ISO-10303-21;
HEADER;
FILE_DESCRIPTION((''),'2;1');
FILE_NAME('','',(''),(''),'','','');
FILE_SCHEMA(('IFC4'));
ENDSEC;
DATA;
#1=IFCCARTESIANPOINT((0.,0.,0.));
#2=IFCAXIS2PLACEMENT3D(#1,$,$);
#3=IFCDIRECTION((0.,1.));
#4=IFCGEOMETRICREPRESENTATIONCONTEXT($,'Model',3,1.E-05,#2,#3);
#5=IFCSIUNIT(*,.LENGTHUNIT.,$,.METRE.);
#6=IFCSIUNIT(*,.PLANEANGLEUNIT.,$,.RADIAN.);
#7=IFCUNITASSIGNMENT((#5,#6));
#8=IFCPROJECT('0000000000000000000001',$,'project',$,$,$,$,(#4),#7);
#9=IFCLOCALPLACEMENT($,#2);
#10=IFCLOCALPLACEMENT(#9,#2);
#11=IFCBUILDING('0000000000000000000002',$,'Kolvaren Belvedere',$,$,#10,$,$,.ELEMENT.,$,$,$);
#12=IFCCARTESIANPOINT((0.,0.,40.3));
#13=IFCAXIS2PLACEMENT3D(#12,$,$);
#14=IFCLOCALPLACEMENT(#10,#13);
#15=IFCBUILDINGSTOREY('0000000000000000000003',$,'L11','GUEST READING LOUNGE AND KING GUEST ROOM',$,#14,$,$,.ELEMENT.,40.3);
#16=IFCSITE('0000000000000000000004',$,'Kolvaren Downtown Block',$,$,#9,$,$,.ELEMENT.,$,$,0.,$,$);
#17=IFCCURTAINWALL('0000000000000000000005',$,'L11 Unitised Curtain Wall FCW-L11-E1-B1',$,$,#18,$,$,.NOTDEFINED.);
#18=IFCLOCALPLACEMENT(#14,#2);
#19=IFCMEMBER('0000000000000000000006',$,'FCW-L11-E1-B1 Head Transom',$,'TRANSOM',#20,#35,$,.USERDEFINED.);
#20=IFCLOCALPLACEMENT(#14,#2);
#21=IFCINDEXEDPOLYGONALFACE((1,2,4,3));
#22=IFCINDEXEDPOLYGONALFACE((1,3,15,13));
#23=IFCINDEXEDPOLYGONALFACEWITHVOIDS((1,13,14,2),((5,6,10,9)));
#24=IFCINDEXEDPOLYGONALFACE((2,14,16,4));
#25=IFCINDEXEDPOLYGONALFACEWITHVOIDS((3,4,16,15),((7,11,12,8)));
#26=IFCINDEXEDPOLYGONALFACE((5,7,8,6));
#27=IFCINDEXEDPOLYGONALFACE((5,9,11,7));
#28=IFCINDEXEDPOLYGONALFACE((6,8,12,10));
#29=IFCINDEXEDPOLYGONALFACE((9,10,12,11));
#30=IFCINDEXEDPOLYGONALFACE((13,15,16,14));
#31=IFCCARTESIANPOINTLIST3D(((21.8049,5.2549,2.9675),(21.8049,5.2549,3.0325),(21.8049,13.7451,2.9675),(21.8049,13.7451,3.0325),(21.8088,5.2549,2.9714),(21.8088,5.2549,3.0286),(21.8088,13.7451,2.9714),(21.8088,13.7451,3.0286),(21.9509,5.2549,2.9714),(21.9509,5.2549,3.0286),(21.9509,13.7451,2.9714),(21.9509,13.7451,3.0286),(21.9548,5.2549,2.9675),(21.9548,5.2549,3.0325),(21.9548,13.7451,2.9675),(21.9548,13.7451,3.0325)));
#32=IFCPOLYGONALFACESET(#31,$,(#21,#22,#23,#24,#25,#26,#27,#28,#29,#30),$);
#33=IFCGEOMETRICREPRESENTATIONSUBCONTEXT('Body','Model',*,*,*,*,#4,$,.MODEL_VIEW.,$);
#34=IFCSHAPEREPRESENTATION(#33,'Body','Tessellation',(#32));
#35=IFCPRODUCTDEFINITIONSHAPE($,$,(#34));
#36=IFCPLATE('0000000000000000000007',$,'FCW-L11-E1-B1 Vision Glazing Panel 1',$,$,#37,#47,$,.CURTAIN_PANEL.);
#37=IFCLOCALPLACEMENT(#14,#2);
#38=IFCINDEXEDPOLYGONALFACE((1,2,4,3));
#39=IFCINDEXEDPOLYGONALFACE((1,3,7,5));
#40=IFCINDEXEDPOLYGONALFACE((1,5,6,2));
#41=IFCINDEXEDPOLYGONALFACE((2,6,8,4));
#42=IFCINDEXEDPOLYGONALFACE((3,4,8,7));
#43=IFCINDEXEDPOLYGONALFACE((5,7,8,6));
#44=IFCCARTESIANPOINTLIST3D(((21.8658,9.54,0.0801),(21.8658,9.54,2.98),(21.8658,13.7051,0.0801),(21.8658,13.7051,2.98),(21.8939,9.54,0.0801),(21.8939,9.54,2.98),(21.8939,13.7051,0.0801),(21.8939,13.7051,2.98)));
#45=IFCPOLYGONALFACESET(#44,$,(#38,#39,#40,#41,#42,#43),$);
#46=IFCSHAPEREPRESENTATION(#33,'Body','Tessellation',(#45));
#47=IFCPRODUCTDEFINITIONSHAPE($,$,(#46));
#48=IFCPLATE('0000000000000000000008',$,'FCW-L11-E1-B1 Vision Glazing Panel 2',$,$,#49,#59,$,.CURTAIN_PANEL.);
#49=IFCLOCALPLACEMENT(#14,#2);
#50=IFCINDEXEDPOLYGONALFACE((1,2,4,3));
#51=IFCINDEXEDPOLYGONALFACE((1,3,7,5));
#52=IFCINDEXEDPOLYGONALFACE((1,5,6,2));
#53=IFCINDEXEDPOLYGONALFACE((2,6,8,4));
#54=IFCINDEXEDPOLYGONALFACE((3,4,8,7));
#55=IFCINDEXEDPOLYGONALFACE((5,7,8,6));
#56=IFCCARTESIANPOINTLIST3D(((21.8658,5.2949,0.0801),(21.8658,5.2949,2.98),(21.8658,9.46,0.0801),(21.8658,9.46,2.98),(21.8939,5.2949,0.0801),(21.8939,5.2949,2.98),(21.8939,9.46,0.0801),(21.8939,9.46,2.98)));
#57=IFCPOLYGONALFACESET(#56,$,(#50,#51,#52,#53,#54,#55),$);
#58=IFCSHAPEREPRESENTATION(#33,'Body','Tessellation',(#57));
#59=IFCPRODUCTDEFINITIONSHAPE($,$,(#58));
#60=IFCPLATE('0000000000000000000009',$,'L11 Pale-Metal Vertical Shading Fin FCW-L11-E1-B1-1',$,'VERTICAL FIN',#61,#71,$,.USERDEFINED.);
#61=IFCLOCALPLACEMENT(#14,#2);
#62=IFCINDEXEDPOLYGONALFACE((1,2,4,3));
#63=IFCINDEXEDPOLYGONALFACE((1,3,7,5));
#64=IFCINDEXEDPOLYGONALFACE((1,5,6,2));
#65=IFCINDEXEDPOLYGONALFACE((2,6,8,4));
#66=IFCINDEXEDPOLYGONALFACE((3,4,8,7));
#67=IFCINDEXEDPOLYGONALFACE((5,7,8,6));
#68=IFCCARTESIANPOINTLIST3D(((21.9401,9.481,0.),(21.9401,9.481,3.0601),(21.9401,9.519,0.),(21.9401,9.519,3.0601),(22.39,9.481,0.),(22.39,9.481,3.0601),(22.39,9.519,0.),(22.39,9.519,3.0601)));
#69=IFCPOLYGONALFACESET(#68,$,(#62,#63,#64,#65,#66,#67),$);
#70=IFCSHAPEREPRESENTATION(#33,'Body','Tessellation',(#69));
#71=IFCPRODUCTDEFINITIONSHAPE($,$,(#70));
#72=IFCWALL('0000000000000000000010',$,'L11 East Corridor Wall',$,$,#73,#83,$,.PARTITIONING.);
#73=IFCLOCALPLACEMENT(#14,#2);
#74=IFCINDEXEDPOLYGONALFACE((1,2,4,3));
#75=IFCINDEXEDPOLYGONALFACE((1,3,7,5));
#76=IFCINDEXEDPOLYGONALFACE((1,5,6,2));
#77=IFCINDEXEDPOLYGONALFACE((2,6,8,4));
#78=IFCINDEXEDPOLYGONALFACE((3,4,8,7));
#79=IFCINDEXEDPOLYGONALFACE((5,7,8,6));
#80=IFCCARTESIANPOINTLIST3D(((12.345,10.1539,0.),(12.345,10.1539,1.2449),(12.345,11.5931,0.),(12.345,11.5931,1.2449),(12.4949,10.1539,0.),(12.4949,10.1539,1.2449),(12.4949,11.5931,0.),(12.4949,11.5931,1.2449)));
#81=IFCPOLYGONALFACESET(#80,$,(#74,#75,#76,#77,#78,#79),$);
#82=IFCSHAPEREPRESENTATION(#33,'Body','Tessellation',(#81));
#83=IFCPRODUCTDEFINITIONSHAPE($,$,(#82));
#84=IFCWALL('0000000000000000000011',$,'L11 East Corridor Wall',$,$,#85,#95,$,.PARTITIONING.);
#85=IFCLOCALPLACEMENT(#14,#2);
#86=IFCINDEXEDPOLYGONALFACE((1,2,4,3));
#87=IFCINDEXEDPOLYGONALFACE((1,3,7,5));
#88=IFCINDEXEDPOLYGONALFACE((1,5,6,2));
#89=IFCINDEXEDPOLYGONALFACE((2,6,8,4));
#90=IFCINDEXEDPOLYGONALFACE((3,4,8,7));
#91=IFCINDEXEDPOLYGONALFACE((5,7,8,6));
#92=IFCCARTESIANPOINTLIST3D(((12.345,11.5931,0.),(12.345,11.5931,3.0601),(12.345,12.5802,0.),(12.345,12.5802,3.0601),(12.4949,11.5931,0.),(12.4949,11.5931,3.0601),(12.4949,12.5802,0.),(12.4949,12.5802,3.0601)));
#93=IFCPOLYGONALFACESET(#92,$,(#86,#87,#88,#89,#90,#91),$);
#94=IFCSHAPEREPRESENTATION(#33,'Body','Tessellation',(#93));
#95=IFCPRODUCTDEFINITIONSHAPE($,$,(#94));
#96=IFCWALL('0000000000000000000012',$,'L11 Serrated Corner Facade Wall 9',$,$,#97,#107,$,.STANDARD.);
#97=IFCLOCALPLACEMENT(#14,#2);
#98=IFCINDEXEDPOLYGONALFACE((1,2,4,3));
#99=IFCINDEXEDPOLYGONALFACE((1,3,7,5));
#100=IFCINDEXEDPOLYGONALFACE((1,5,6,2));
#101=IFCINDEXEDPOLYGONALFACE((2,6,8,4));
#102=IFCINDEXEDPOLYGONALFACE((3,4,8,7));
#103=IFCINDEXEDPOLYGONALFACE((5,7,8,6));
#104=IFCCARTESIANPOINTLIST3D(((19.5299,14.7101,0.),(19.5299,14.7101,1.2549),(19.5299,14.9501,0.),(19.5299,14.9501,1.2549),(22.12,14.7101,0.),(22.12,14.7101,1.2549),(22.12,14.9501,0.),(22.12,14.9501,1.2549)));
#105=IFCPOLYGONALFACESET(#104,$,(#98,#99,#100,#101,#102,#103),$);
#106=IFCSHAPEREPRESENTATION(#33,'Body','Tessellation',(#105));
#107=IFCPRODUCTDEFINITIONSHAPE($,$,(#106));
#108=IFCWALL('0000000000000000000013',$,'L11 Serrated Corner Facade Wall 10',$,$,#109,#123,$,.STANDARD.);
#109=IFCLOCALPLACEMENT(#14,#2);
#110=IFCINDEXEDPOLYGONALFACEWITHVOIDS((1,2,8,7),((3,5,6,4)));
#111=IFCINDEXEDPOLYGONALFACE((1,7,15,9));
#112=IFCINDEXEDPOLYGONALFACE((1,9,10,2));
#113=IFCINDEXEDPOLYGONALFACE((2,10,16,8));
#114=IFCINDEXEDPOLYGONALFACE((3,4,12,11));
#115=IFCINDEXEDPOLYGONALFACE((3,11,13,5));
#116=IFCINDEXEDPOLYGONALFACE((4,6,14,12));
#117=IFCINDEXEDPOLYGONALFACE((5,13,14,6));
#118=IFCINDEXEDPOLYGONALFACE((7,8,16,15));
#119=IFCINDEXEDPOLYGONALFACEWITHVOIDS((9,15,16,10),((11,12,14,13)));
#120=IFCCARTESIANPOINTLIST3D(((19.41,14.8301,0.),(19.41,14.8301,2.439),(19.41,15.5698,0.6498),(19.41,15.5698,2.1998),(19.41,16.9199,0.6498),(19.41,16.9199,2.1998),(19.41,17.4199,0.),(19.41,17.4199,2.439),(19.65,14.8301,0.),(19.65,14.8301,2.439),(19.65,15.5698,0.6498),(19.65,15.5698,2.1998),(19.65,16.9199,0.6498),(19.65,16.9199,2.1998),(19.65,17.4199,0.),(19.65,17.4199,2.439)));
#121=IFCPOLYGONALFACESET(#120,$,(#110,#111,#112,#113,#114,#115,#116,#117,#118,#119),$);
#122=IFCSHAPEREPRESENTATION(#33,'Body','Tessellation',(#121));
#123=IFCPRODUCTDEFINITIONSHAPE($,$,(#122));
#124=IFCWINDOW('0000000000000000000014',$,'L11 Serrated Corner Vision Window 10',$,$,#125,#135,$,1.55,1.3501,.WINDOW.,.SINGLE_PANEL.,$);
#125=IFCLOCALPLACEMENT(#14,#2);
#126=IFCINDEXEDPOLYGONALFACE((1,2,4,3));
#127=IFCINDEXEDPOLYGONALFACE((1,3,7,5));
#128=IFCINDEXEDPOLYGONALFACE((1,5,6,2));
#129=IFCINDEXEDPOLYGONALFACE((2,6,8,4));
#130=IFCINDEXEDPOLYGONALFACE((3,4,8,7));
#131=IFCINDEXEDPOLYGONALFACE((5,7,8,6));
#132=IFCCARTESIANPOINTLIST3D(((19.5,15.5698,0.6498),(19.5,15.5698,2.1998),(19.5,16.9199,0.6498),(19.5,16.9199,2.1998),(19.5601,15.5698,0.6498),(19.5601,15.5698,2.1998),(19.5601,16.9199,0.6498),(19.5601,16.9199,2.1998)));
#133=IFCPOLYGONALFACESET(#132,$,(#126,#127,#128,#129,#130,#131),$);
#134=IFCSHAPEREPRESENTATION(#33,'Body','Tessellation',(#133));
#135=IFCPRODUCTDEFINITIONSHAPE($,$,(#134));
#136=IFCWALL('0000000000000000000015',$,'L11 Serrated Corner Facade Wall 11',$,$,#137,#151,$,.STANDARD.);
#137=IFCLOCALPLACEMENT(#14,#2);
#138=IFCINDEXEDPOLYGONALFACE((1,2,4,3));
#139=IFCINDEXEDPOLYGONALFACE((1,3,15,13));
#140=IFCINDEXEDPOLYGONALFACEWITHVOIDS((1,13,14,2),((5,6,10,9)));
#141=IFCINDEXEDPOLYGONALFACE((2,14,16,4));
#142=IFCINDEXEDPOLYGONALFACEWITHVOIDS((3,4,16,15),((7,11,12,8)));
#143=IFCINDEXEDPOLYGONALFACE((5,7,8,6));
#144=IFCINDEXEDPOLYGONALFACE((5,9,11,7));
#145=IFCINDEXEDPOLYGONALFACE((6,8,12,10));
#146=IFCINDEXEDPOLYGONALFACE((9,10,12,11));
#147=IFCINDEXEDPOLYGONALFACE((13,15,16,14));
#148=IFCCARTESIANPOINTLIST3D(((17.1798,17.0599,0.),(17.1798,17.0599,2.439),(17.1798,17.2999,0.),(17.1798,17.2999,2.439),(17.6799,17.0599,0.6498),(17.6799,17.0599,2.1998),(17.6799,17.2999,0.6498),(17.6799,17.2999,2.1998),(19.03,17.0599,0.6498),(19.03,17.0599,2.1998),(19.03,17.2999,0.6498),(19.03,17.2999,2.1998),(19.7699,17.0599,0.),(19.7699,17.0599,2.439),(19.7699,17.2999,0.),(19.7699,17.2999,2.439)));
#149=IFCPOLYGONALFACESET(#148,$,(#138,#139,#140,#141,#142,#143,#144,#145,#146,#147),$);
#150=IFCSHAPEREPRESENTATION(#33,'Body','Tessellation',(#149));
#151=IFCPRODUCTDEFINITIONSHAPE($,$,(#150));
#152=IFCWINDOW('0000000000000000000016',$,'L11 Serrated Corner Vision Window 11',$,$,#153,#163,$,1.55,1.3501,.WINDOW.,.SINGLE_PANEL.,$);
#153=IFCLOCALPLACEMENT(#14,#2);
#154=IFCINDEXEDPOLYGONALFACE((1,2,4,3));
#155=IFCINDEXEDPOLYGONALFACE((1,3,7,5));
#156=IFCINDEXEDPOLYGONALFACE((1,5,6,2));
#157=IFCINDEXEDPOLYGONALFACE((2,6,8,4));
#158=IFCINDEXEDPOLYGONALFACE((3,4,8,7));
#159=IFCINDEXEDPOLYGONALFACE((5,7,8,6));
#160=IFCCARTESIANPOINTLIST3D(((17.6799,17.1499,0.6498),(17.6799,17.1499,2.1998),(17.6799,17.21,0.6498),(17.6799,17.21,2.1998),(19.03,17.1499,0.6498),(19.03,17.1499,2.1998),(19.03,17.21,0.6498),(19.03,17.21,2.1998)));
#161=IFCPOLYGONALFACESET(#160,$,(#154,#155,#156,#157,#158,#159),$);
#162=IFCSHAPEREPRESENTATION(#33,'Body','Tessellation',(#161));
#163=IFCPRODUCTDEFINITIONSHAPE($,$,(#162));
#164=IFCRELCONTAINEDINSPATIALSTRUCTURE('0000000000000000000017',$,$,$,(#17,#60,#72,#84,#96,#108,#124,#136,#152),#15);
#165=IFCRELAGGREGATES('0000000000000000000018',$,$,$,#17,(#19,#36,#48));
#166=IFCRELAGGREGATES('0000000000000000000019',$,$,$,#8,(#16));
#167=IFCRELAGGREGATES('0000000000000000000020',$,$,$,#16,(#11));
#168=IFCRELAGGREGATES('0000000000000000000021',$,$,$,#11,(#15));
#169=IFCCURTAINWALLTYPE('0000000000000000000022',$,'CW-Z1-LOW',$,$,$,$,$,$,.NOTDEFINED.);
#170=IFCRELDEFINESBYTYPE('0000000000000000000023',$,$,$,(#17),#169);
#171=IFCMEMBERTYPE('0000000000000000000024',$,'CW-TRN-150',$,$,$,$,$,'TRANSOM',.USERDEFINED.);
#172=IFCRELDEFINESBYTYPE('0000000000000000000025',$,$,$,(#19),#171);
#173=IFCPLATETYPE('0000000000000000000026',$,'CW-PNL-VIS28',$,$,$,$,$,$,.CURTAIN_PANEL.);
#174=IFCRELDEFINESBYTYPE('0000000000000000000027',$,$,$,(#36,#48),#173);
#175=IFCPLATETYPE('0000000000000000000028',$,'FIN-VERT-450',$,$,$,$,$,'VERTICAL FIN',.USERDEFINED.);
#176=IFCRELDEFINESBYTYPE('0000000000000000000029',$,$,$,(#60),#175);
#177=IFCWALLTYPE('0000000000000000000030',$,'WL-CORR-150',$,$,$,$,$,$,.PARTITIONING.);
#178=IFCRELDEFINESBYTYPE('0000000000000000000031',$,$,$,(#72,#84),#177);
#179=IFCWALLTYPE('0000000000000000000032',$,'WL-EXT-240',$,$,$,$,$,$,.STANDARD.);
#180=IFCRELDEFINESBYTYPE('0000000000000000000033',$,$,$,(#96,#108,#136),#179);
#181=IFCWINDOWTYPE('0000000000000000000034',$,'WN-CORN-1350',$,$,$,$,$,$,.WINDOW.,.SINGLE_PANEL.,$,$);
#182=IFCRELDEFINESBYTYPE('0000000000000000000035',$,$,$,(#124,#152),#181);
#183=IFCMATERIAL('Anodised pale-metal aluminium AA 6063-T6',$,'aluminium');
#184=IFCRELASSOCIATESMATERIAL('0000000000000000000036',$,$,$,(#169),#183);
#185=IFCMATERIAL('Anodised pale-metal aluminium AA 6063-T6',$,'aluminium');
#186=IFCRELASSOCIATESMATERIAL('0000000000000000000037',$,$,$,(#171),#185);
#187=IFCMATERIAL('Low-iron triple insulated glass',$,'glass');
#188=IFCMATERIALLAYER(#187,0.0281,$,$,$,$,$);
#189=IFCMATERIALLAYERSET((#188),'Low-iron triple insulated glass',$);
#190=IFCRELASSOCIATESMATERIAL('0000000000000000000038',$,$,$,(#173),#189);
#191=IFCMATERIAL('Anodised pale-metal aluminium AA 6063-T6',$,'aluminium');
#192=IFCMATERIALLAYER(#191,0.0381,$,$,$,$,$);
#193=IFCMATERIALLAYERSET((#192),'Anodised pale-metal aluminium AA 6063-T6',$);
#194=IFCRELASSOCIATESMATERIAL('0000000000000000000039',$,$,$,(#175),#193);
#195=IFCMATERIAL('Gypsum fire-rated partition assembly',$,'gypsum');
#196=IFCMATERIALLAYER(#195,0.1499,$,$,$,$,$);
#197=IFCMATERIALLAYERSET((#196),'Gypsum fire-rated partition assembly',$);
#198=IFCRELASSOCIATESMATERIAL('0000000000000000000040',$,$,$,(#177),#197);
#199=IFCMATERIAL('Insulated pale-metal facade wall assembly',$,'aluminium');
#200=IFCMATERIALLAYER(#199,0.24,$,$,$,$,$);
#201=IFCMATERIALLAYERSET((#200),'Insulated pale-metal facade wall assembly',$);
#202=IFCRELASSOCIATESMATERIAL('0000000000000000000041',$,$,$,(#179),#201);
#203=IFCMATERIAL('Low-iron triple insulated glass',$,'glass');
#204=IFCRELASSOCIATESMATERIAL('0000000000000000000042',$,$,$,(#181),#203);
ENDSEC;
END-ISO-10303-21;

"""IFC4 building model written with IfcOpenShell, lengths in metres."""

from ifc_helpers import new_model, si_unit, direction, frame, frame_2d, origin, origin_2d, place, context, subcontext, project, spatial, rectangle, hollow_rectangle, extrude, material, layer, layer_set, material_profile, profile_set, type_object, element, fill, aggregate, save


model = new_model("IFC4")

# Units and contexts
model_context = context("Model", 3, precision=1e-05, world=origin(), true_north=direction((0.0, 1.0)))
body_context = subcontext(model_context, "Body", "Model", "MODEL_VIEW")
ifc_project = project(units=[si_unit("LENGTHUNIT", "METRE"), si_unit("PLANEANGLEUNIT", "RADIAN")], contexts=[model_context])

# Site, building, storey
site_placement = place(None, origin())
site = spatial("IfcSite", under=ifc_project, at=site_placement, Name="Kolvaren Downtown Block", CompositionType="ELEMENT", RefElevation=0.0)
building_placement = place(site_placement, origin())
building = spatial("IfcBuilding", under=site, at=building_placement, Name="Kolvaren Belvedere", CompositionType="ELEMENT")
storey_placement = place(building_placement, frame((0.0, 0.0, 40.3)))
storey = spatial("IfcBuildingStorey", under=building, at=storey_placement, Name="L11", Description="GUEST READING LOUNGE AND KING GUEST ROOM", CompositionType="ELEMENT", Elevation=40.3)

# Curtain wall
ifc_material_1 = material(Name="Anodised pale-metal aluminium AA 6063-T6", Category="aluminium")
curtain_wall_type = type_object("IfcCurtainWallType", Name="CW-Z1-LOW", PredefinedType="NOTDEFINED", material=ifc_material_1)
curtain_wall_1_placement = place(storey_placement, origin())
curtain_wall_1 = element("IfcCurtainWall", 1, at=curtain_wall_1_placement, inside=storey, type_object=curtain_wall_type, Name="L11 Unitised Curtain Wall FCW-L11-E1-B1", PredefinedType="NOTDEFINED")

# Member
ifc_material_2 = material(Name="Anodised pale-metal aluminium AA 6063-T6", Category="aluminium")
ifc_material_profile_1 = material_profile(ifc_material_2, hollow_rectangle(XDim=0.0649, YDim=0.1499, WallThickness=0.0039, at=origin_2d()), Name="ALU-TRN-150X65")
ifc_profile_set_1 = profile_set([ifc_material_profile_1], Name="Anodised pale-metal aluminium AA 6063-T6")
member_type_1 = type_object("IfcMemberType", Name="CW-TRN-150", ElementType="TRANSOM", PredefinedType="USERDEFINED", material=ifc_profile_set_1)
member_1_placement = place(storey_placement, frame((21.8799, 13.7451, 3.0), z_axis=(0.0, -1.0, 0.0), x_axis=(0.0, 0.0, 1.0)))
member_1 = element("IfcMember", 2, at=member_1_placement, type_object=member_type_1, Name="FCW-L11-E1-B1 Head Transom", ObjectType="TRANSOM", PredefinedType="USERDEFINED", context=body_context, shape_type="SweptSolid", body=[
    extrude(hollow_rectangle(XDim=0.0649, YDim=0.1499, WallThickness=0.0039, at=origin_2d()), origin(), (0.0, 0.0, 1.0), 8.4902),
])

# Plates
ifc_material_3 = material(Name="Low-iron triple insulated glass", Category="glass")
ifc_layer_1 = layer(ifc_material_3, 0.0281)
ifc_layer_set_1 = layer_set([ifc_layer_1], Name="Low-iron triple insulated glass")
plate_type_1 = type_object("IfcPlateType", Name="CW-PNL-VIS28", PredefinedType="CURTAIN_PANEL", material=ifc_layer_set_1)
plate_1_placement = place(storey_placement, frame((21.8799, 11.6226, 0.0801), z_axis=(0.0, 0.0, 1.0), x_axis=(0.0, -1.0, 0.0)))
plate_1 = element("IfcPlate", 3, at=plate_1_placement, type_object=plate_type_1, Name="FCW-L11-E1-B1 Vision Glazing Panel 1", PredefinedType="CURTAIN_PANEL", context=body_context, shape_type="SweptSolid", body=[
    extrude(rectangle(XDim=4.165, YDim=0.0281, at=origin_2d()), origin(), (0.0, 0.0, 1.0), 2.8999),
])
plate_2_placement = place(storey_placement, frame((21.8799, 7.3774, 0.0801), z_axis=(0.0, 0.0, 1.0), x_axis=(0.0, -1.0, 0.0)))
plate_2 = element("IfcPlate", 4, at=plate_2_placement, type_object=plate_type_1, Name="FCW-L11-E1-B1 Vision Glazing Panel 2", PredefinedType="CURTAIN_PANEL", context=body_context, shape_type="SweptSolid", body=[
    extrude(rectangle(XDim=4.165, YDim=0.0281, at=origin_2d()), origin(), (0.0, 0.0, 1.0), 2.8999),
])
aggregate(curtain_wall_1, [member_1, plate_1, plate_2])
ifc_material_4 = material(Name="Anodised pale-metal aluminium AA 6063-T6", Category="aluminium")
ifc_layer_2 = layer(ifc_material_4, 0.0381)
ifc_layer_set_2 = layer_set([ifc_layer_2], Name="Anodised pale-metal aluminium AA 6063-T6")
plate_type_2 = type_object("IfcPlateType", Name="FIN-VERT-450", ElementType="VERTICAL FIN", PredefinedType="USERDEFINED", material=ifc_layer_set_2)
plate_3_placement = place(storey_placement, frame((22.165, 9.5, 0.0), z_axis=(0.0, 0.0, 1.0), x_axis=(1.0, 0.0, 0.0)))
element("IfcPlate", 5, at=plate_3_placement, inside=storey, type_object=plate_type_2, Name="L11 Pale-Metal Vertical Shading Fin FCW-L11-E1-B1-1", ObjectType="VERTICAL FIN", PredefinedType="USERDEFINED", context=body_context, shape_type="SweptSolid", body=[
    extrude(rectangle(XDim=0.45, YDim=0.0381, at=origin_2d()), origin(), (0.0, 0.0, 1.0), 3.0601),
])

# Walls
ifc_material_5 = material(Name="Gypsum fire-rated partition assembly", Category="gypsum")
ifc_layer_3 = layer(ifc_material_5, 0.1499)
ifc_layer_set_3 = layer_set([ifc_layer_3], Name="Gypsum fire-rated partition assembly")
wall_type_1 = type_object("IfcWallType", Name="WL-CORR-150", PredefinedType="PARTITIONING", material=ifc_layer_set_3)
wall_1_placement = place(storey_placement, frame((12.4199, 10.1538, 0.0), z_axis=(0.0, 0.0, 1.0), x_axis=(0.0, 1.0, 0.0)))
element("IfcWall", 6, at=wall_1_placement, inside=storey, type_object=wall_type_1, Name="L11 East Corridor Wall", PredefinedType="PARTITIONING", context=body_context, shape_type="SweptSolid", body=[
    extrude(rectangle(XDim=1.4392, YDim=0.1499, at=frame_2d((0.7197, 0.0))), origin(), (0.0, 0.0, 1.0), 1.2449),
])
wall_2_placement = place(storey_placement, frame((12.4199, 11.593, 0.0), z_axis=(0.0, 0.0, 1.0), x_axis=(0.0, 1.0, 0.0)))
element("IfcWall", 7, at=wall_2_placement, inside=storey, type_object=wall_type_1, Name="L11 East Corridor Wall", PredefinedType="PARTITIONING", context=body_context, shape_type="SweptSolid", body=[
    extrude(rectangle(XDim=0.9871, YDim=0.1499, at=frame_2d((0.4937, 0.0))), origin(), (0.0, 0.0, 1.0), 3.0601),
])
ifc_material_6 = material(Name="Insulated pale-metal facade wall assembly", Category="aluminium")
ifc_layer_4 = layer(ifc_material_6, 0.24)
ifc_layer_set_4 = layer_set([ifc_layer_4], Name="Insulated pale-metal facade wall assembly")
wall_type_2 = type_object("IfcWallType", Name="WL-EXT-240", PredefinedType="STANDARD", material=ifc_layer_set_4)
wall_3_placement = place(storey_placement, frame((19.53, 14.8301, 0.0), z_axis=(0.0, 0.0, 1.0), x_axis=(1.0, 0.0, 0.0)))
element("IfcWall", 8, at=wall_3_placement, inside=storey, type_object=wall_type_2, Name="L11 Serrated Corner Facade Wall 9", PredefinedType="STANDARD", context=body_context, shape_type="SweptSolid", body=[
    extrude(rectangle(XDim=2.5901, YDim=0.24, at=frame_2d((1.2949, 0.0))), origin(), (0.0, 0.0, 1.0), 1.2549),
])

# Walls, openings, windows
wall_4_placement = place(storey_placement, frame((19.53, 17.4199, 0.0), z_axis=(0.0, 0.0, 1.0), x_axis=(0.0, -1.0, 0.0)))
wall_4 = element("IfcWall", 9, at=wall_4_placement, inside=storey, type_object=wall_type_2, Name="L11 Serrated Corner Facade Wall 10", PredefinedType="STANDARD", context=body_context, shape_type="SweptSolid", body=[
    extrude(rectangle(XDim=2.5898, YDim=0.24, at=frame_2d((1.2949, 0.0))), origin(), (0.0, 0.0, 1.0), 2.439),
])
opening_1_placement = place(wall_4_placement, frame((0.5, 0.0, 0.6499)))
opening_1 = element("IfcOpeningElement", 10, at=opening_1_placement, cuts=wall_4, PredefinedType="OPENING", context=body_context, shape_type="SweptSolid", body=[
    extrude(rectangle(XDim=1.3501, YDim=1.55, at=frame_2d((0.675, 0.7749))), frame((0.0, 0.1299, 0.0), z_axis=(0.0, -1.0, 0.0), x_axis=(1.0, 0.0, 0.0)), (0.0, 0.0, 1.0), 0.26),
])
ifc_material_7 = material(Name="Low-iron triple insulated glass", Category="glass")
window_type = type_object("IfcWindowType", Name="WN-CORN-1350", PartitioningType="SINGLE_PANEL", PredefinedType="WINDOW", material=ifc_material_7)
window_1_placement = place(opening_1_placement, origin())
window_1 = element("IfcWindow", 11, at=window_1_placement, inside=storey, type_object=window_type, Name="L11 Serrated Corner Vision Window 10", OverallHeight=1.55, OverallWidth=1.3501, PartitioningType="SINGLE_PANEL", PredefinedType="WINDOW", context=body_context, shape_type="SweptSolid", body=[
    extrude(rectangle(XDim=1.3501, YDim=1.55, at=frame_2d((0.675, 0.7749))), frame((0.0, 0.03, 0.0), z_axis=(0.0, -1.0, 0.0), x_axis=(1.0, 0.0, 0.0)), (0.0, 0.0, 1.0), 0.0601),
])
fill(opening_1, window_1)
wall_5_placement = place(storey_placement, frame((17.1799, 17.1799, 0.0), z_axis=(0.0, 0.0, 1.0), x_axis=(1.0, 0.0, 0.0)))
wall_5 = element("IfcWall", 12, at=wall_5_placement, inside=storey, type_object=wall_type_2, Name="L11 Serrated Corner Facade Wall 11", PredefinedType="STANDARD", context=body_context, shape_type="SweptSolid", body=[
    extrude(rectangle(XDim=2.5901, YDim=0.24, at=frame_2d((1.2949, 0.0))), origin(), (0.0, 0.0, 1.0), 2.439),
])
opening_2_placement = place(wall_5_placement, frame((0.5, 0.0, 0.6499)))
opening_2 = element("IfcOpeningElement", 13, at=opening_2_placement, cuts=wall_5, PredefinedType="OPENING", context=body_context, shape_type="SweptSolid", body=[
    extrude(rectangle(XDim=1.3501, YDim=1.55, at=frame_2d((0.675, 0.7749))), frame((0.0, 0.1299, 0.0), z_axis=(0.0, -1.0, 0.0), x_axis=(1.0, 0.0, 0.0)), (0.0, 0.0, 1.0), 0.26),
])
window_2_placement = place(opening_2_placement, origin())
window_2 = element("IfcWindow", 14, at=window_2_placement, inside=storey, type_object=window_type, Name="L11 Serrated Corner Vision Window 11", OverallHeight=1.55, OverallWidth=1.3501, PartitioningType="SINGLE_PANEL", PredefinedType="WINDOW", context=body_context, shape_type="SweptSolid", body=[
    extrude(rectangle(XDim=1.3501, YDim=1.55, at=frame_2d((0.675, 0.7749))), frame((0.0, 0.03, 0.0), z_axis=(0.0, -1.0, 0.0), x_axis=(1.0, 0.0, 0.0)), (0.0, 0.0, 1.0), 0.0601),
])
fill(opening_2, window_2)

save(model, "model.ifc")
